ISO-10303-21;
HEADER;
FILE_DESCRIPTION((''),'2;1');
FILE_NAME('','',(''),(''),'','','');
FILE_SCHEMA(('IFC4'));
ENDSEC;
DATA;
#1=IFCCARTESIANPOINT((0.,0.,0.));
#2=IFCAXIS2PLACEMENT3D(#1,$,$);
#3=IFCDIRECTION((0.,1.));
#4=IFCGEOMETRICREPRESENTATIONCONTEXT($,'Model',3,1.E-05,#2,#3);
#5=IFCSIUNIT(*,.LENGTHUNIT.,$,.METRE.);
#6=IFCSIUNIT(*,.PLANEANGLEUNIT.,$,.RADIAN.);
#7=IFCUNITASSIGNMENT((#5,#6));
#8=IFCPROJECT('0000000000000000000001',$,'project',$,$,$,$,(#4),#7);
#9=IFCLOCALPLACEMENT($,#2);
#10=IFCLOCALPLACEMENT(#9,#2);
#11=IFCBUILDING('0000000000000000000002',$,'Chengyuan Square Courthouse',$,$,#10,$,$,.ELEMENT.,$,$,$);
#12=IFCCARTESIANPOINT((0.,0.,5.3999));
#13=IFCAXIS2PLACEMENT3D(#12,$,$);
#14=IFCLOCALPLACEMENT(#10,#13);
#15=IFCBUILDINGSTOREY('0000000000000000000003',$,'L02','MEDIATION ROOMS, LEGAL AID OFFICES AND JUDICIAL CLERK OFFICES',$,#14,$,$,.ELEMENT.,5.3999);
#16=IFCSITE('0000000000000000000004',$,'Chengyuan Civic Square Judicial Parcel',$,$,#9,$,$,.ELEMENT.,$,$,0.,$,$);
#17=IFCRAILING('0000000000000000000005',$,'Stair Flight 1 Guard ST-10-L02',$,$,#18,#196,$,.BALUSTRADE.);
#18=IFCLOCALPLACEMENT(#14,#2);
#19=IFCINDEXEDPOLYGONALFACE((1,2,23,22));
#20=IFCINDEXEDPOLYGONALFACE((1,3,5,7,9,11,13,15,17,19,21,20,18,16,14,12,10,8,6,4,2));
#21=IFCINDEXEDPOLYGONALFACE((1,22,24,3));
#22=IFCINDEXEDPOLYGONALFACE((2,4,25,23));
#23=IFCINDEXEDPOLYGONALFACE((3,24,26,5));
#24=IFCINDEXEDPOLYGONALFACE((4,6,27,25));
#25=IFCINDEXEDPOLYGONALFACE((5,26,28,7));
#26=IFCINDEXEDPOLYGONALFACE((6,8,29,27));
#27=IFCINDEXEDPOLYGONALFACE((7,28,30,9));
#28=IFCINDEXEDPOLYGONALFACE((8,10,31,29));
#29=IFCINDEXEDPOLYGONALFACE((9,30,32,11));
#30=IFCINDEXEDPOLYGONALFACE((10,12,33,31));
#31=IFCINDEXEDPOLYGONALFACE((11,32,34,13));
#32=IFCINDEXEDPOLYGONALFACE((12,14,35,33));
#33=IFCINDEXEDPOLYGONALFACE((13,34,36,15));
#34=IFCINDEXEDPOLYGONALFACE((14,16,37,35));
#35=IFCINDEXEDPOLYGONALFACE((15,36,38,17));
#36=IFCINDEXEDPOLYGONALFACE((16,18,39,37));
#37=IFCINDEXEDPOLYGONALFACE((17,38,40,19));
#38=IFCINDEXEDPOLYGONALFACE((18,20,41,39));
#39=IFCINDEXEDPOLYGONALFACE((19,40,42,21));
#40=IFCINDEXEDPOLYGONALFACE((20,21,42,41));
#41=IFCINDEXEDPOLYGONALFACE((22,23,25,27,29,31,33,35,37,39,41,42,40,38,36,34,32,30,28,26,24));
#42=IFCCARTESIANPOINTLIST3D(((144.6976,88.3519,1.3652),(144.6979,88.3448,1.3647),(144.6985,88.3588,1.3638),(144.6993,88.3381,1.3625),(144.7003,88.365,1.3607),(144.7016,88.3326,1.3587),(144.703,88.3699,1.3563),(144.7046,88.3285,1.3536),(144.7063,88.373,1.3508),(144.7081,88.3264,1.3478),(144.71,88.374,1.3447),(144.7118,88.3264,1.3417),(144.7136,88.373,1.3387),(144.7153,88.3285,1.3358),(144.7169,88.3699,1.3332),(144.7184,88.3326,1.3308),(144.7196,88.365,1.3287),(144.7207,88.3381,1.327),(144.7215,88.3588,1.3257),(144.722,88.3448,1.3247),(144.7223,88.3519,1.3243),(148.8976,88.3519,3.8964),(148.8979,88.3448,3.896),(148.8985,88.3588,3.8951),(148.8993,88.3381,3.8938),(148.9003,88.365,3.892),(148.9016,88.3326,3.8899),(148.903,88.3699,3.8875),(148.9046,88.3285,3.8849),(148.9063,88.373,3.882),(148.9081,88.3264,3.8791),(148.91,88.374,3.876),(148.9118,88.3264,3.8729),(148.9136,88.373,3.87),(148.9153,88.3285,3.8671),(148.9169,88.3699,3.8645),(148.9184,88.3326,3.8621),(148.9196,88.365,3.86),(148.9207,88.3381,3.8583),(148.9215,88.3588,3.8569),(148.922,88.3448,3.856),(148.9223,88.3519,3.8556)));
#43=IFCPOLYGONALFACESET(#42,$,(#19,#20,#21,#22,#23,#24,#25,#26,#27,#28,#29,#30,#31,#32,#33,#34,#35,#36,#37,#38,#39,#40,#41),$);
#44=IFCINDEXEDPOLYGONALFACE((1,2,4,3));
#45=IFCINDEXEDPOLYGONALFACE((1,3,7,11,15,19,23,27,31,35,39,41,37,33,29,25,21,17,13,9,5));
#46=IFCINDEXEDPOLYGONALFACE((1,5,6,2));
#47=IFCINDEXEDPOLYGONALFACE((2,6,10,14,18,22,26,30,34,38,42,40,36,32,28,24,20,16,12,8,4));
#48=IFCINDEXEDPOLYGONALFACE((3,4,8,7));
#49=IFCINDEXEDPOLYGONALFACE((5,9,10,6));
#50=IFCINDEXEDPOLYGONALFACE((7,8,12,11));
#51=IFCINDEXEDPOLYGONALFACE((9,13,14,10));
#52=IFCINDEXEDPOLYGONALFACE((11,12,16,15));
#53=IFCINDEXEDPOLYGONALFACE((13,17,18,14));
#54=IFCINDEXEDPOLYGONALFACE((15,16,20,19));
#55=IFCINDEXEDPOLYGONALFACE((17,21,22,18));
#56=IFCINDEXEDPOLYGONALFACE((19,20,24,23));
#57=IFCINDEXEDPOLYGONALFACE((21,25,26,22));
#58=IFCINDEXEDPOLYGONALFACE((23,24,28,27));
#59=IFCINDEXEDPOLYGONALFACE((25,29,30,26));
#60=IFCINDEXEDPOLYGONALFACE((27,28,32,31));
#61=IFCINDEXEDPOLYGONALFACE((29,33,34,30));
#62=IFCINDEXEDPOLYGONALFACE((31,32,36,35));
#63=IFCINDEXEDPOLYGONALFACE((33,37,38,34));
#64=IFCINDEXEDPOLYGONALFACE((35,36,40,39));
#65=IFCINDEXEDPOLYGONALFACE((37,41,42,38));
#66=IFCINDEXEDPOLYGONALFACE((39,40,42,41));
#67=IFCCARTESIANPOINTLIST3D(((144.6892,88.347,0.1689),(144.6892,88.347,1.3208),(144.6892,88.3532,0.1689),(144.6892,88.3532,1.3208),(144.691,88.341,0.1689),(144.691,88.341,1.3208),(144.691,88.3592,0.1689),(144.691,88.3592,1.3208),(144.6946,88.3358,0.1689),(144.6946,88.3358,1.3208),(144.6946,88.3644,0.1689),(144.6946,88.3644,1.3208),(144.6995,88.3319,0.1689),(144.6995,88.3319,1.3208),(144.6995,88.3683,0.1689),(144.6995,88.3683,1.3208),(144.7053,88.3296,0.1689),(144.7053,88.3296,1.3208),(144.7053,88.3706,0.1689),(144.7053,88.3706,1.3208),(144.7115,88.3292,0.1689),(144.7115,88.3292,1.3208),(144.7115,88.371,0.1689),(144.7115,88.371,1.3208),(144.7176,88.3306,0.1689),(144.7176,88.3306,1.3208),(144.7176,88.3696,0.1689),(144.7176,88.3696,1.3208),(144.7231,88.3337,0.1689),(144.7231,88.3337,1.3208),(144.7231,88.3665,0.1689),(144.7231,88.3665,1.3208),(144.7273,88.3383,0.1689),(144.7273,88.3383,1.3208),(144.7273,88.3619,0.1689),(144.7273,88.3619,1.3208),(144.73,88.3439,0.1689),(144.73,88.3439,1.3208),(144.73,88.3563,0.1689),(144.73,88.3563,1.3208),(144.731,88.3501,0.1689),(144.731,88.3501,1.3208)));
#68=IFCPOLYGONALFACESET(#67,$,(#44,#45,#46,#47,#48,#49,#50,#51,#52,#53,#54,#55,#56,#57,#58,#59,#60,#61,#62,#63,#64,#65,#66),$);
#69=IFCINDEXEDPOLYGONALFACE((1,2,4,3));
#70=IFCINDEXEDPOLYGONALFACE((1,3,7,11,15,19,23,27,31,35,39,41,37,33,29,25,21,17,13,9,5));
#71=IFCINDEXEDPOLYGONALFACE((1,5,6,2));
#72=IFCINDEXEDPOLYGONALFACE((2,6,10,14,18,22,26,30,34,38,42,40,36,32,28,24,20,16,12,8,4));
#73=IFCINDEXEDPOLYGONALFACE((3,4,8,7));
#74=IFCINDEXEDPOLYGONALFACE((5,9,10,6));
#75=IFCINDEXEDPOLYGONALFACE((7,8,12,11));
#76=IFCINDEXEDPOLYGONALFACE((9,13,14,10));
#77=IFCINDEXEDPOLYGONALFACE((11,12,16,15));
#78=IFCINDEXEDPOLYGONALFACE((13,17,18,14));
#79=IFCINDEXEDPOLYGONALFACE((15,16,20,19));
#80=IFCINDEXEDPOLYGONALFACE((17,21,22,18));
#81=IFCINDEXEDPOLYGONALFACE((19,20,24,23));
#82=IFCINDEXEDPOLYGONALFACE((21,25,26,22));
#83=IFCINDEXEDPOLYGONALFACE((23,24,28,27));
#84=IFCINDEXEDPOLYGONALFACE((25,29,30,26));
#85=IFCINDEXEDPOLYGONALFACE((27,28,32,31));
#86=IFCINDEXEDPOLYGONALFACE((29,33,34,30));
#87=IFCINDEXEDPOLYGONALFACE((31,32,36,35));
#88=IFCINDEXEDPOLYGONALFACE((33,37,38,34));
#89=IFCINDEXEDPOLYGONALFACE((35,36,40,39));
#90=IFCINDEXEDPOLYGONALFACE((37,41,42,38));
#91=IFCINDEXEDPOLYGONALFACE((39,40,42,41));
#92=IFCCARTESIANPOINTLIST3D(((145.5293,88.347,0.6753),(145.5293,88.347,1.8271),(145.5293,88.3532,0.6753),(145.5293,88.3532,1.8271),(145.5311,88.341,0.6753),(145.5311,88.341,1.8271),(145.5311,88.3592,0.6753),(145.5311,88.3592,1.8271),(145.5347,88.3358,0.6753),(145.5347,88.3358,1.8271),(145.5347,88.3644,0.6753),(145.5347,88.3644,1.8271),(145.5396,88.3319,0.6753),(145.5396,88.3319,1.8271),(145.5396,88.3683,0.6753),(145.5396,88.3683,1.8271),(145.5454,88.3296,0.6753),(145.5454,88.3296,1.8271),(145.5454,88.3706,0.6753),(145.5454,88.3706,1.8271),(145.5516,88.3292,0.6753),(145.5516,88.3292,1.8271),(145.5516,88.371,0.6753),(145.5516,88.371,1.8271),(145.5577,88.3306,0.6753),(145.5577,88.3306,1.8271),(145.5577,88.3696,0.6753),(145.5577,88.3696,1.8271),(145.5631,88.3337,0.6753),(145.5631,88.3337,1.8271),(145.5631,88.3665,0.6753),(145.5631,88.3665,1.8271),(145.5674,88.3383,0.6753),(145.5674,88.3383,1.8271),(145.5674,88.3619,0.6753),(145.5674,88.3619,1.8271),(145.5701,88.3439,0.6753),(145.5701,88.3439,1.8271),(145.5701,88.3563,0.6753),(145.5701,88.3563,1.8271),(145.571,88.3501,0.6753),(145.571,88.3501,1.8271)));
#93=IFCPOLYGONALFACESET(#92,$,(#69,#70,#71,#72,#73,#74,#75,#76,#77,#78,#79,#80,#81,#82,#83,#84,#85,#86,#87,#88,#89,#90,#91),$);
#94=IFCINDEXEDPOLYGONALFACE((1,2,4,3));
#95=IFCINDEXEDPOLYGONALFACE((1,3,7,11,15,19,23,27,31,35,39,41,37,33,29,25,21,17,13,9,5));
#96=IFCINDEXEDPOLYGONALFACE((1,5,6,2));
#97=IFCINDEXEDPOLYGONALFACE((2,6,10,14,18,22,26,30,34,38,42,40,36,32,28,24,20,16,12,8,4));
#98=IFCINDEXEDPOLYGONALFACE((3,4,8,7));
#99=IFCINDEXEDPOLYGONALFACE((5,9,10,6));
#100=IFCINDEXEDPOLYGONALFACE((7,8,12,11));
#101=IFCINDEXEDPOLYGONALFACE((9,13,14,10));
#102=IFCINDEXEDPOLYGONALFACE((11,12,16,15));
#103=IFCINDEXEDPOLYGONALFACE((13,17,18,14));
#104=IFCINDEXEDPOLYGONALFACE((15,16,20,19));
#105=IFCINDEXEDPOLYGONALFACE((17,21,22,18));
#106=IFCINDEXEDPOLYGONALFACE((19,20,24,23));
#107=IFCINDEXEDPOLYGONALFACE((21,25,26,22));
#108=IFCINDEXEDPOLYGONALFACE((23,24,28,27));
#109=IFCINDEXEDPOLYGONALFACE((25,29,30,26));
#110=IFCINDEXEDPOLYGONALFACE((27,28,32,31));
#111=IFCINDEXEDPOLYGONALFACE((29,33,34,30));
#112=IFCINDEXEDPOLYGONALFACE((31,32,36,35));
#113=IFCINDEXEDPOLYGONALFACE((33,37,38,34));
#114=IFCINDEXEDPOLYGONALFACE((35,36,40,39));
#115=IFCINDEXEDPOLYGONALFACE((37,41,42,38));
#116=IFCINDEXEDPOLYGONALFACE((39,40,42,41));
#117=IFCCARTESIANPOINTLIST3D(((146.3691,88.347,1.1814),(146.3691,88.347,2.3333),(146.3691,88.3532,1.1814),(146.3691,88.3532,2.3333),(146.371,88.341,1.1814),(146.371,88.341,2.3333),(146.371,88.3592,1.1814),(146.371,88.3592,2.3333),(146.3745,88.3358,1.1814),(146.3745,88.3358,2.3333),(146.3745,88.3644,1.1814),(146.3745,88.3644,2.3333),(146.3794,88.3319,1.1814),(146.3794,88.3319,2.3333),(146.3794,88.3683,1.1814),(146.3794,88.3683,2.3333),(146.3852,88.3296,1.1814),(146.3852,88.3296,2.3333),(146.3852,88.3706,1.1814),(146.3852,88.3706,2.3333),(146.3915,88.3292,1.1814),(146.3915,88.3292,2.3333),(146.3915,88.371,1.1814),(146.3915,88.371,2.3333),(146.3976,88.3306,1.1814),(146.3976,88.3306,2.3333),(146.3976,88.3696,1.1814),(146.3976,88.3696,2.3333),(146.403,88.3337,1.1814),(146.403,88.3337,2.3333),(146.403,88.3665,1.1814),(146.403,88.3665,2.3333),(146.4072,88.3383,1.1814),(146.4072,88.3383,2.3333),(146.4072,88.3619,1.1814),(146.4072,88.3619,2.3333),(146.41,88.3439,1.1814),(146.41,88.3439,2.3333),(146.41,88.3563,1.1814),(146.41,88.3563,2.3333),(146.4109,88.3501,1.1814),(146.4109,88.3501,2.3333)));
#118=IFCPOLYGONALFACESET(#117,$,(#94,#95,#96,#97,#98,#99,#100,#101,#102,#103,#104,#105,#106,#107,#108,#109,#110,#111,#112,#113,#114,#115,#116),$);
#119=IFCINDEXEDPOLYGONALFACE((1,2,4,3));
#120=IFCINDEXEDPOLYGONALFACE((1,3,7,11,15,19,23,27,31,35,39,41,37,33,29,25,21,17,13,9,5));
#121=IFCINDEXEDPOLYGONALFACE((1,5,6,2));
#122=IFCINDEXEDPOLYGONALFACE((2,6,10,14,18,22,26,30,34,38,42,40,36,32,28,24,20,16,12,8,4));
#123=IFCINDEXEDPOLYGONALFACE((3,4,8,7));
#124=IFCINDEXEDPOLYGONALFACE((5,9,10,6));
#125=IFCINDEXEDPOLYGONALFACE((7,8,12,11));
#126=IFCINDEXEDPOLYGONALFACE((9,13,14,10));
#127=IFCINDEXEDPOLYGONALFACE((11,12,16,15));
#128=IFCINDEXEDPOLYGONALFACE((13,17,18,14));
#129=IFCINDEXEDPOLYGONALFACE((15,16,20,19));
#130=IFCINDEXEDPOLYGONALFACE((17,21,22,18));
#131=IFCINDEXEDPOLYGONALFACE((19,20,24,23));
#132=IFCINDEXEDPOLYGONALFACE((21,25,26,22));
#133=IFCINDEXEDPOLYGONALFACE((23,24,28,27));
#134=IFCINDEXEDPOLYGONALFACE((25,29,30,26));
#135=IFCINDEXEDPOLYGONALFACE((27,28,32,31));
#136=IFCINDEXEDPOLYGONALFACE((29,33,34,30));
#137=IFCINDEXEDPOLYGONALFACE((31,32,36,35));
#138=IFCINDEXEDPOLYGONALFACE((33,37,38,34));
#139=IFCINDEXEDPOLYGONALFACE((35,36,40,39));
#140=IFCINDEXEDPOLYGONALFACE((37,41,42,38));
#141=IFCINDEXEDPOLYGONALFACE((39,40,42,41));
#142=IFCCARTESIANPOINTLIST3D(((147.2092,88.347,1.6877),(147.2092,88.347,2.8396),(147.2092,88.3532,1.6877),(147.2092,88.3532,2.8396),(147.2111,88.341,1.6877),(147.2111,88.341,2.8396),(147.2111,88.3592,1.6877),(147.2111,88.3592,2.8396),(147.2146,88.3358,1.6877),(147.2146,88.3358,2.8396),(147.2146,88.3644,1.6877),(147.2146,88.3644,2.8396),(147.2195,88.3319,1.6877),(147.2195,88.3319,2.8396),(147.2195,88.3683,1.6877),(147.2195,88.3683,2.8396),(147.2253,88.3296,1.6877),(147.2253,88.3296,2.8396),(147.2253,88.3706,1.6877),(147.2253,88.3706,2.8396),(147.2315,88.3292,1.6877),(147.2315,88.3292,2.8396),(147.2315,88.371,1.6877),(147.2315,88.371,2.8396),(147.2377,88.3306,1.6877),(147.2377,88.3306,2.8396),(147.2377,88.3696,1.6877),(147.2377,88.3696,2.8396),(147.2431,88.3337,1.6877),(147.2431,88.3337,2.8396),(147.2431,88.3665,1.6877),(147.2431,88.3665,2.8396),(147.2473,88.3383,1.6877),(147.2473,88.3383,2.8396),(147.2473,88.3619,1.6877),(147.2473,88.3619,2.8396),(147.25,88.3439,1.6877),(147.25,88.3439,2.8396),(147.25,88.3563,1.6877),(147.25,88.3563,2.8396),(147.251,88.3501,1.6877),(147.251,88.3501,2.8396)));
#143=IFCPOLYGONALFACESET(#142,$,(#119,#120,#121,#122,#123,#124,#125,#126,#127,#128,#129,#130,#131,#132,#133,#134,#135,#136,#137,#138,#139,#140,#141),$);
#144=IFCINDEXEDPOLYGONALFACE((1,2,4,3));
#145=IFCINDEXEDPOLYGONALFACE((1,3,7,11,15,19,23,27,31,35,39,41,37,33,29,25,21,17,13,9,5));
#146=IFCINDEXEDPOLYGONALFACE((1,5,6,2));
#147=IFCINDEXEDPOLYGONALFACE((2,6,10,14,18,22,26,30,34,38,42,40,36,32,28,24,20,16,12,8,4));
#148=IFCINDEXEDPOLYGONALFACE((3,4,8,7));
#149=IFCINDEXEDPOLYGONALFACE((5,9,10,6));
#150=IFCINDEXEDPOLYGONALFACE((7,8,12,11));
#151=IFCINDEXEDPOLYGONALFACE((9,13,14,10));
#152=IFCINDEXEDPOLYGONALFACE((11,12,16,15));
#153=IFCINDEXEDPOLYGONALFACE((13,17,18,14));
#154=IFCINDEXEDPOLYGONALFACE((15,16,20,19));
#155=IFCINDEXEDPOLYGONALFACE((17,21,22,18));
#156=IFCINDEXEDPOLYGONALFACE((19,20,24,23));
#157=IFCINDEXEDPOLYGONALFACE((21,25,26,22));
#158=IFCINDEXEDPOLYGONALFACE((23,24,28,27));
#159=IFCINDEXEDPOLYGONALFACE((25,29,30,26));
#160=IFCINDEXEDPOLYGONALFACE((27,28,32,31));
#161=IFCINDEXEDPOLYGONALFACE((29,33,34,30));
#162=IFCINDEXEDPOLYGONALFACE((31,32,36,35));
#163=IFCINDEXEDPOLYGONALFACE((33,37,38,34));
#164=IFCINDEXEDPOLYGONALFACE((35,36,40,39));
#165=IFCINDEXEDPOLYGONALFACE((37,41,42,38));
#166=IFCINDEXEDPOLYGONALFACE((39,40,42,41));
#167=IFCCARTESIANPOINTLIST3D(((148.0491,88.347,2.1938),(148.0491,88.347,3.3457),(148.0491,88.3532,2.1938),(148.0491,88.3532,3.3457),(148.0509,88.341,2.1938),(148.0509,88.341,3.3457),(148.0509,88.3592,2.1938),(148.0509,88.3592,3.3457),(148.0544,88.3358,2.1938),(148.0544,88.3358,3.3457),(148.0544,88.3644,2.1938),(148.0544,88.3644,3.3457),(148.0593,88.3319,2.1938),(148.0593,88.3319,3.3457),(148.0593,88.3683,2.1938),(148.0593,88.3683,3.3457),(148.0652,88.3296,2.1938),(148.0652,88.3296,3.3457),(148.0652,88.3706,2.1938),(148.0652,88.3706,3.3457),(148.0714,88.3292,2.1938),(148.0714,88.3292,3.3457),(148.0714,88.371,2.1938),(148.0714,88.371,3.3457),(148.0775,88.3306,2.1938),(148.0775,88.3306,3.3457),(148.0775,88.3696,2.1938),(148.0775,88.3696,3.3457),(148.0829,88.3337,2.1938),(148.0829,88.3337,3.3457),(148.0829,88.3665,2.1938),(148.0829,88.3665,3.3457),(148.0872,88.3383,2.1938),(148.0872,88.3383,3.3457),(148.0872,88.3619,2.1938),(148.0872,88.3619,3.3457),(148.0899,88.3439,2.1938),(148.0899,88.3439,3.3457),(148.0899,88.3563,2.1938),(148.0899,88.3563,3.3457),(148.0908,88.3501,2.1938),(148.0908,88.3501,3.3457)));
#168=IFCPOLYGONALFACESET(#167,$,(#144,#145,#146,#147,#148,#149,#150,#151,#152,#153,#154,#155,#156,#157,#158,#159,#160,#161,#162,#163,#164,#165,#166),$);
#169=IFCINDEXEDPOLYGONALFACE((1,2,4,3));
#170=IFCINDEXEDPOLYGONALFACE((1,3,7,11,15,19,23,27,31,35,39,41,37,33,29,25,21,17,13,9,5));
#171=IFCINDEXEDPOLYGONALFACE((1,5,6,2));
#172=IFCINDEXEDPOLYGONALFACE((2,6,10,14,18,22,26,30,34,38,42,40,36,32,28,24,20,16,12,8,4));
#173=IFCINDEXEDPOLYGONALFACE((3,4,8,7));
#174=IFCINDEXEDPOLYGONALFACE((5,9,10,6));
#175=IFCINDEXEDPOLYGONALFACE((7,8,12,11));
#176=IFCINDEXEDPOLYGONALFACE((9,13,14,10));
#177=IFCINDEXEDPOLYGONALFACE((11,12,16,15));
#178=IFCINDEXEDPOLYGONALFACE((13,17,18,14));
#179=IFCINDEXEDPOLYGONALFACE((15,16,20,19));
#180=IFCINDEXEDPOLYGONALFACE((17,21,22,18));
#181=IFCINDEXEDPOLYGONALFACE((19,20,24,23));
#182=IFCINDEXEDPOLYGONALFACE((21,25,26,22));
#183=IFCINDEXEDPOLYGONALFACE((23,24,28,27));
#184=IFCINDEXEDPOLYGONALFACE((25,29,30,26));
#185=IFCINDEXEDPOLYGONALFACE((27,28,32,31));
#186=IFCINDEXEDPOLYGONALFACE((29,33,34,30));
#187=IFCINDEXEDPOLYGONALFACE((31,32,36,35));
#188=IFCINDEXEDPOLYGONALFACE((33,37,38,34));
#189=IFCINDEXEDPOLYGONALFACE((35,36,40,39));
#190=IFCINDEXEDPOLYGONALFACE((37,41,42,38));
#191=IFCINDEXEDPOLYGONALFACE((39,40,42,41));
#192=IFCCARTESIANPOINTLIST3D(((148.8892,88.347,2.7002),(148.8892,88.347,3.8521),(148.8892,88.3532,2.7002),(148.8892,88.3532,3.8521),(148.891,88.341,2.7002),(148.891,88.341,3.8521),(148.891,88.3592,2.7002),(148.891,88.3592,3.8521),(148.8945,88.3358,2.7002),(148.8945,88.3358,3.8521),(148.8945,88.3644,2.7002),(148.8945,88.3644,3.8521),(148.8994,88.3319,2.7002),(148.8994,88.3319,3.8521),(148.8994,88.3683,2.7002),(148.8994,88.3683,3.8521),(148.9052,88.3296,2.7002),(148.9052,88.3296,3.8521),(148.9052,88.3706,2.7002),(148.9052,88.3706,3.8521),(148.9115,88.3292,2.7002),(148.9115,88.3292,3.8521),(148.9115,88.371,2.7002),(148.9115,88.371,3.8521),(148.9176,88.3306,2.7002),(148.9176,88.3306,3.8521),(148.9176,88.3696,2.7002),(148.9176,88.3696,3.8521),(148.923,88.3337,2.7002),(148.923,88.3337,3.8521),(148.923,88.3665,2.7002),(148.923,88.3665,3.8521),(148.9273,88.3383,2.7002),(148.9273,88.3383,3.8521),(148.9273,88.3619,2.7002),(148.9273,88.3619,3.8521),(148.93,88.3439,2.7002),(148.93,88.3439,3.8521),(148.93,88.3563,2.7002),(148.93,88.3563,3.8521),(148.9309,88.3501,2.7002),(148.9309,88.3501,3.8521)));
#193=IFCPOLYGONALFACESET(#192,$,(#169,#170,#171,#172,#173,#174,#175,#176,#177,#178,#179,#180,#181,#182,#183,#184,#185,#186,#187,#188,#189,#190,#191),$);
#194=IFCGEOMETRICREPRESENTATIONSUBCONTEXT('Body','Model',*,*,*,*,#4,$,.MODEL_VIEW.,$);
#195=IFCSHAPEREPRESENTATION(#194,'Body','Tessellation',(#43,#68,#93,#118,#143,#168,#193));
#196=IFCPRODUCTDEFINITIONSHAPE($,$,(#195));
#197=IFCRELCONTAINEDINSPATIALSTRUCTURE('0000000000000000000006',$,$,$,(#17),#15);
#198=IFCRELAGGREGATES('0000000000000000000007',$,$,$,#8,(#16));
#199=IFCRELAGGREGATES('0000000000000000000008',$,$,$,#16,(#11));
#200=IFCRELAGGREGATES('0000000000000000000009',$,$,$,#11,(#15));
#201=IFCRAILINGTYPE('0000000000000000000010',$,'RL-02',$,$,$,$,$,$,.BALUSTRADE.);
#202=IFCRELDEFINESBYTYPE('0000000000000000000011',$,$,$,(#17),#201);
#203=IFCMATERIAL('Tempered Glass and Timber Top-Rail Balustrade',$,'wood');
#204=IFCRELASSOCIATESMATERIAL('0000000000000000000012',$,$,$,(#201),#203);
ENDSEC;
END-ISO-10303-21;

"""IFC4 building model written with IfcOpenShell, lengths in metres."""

from ifc_helpers import new_model, si_unit, direction, frame, origin, origin_2d, place, context, subcontext, project, spatial, circle, extrude, material, type_object, element, save


model = new_model("IFC4")

# Units and contexts
model_context = context("Model", 3, precision=1e-05, world=origin(), true_north=direction((0.0, 1.0)))
body_context = subcontext(model_context, "Body", "Model", "MODEL_VIEW")
ifc_project = project(units=[si_unit("LENGTHUNIT", "METRE"), si_unit("PLANEANGLEUNIT", "RADIAN")], contexts=[model_context])

# Site, building, storey
site_placement = place(None, origin())
site = spatial("IfcSite", under=ifc_project, at=site_placement, Name="Chengyuan Civic Square Judicial Parcel", CompositionType="ELEMENT", RefElevation=0.0)
building_placement = place(site_placement, origin())
building = spatial("IfcBuilding", under=site, at=building_placement, Name="Chengyuan Square Courthouse", CompositionType="ELEMENT")
storey_placement = place(building_placement, frame((0.0, 0.0, 5.3999)))
storey = spatial("IfcBuildingStorey", under=building, at=storey_placement, Name="L02", Description="MEDIATION ROOMS, LEGAL AID OFFICES AND JUDICIAL CLERK OFFICES", CompositionType="ELEMENT", Elevation=5.3999)

# Railing
ifc_material_1 = material(Name="Tempered Glass and Timber Top-Rail Balustrade", Category="wood")
railing_type_1 = type_object("IfcRailingType", Name="RL-02", PredefinedType="BALUSTRADE", material=ifc_material_1)
railing_1_placement = place(storey_placement, frame((144.71, 88.3501, 0.1689)))
element("IfcRailing", 1, at=railing_1_placement, inside=storey, type_object=railing_type_1, Name="Stair Flight 1 Guard ST-10-L02", PredefinedType="BALUSTRADE", context=body_context, shape_type="SweptSolid", body=[
    extrude(circle(Radius=0.0239, at=origin_2d()), frame((0.0, 0.0, 1.1758), z_axis=(0.856476, 0.0, 0.516186), x_axis=(0.0, 1.0, 0.0)), (0.0, 0.0, 1.0), 4.9038),
    extrude(circle(Radius=0.021, at=origin_2d()), origin(), (0.0, 0.0, 1.0), 1.1519),
    extrude(circle(Radius=0.021, at=origin_2d()), frame((0.8401, 0.0, 0.5063)), (0.0, 0.0, 1.0), 1.1519),
    extrude(circle(Radius=0.021, at=origin_2d()), frame((1.6799, 0.0, 1.0125)), (0.0, 0.0, 1.0), 1.1519),
    extrude(circle(Radius=0.021, at=origin_2d()), frame((2.52, 0.0, 1.5188)), (0.0, 0.0, 1.0), 1.1519),
    extrude(circle(Radius=0.021, at=origin_2d()), frame((3.3599, 0.0, 2.0249)), (0.0, 0.0, 1.0), 1.1519),
    extrude(circle(Radius=0.021, at=origin_2d()), frame((4.2, 0.0, 2.5312)), (0.0, 0.0, 1.0), 1.1519),
])

save(model, "model.ifc")
